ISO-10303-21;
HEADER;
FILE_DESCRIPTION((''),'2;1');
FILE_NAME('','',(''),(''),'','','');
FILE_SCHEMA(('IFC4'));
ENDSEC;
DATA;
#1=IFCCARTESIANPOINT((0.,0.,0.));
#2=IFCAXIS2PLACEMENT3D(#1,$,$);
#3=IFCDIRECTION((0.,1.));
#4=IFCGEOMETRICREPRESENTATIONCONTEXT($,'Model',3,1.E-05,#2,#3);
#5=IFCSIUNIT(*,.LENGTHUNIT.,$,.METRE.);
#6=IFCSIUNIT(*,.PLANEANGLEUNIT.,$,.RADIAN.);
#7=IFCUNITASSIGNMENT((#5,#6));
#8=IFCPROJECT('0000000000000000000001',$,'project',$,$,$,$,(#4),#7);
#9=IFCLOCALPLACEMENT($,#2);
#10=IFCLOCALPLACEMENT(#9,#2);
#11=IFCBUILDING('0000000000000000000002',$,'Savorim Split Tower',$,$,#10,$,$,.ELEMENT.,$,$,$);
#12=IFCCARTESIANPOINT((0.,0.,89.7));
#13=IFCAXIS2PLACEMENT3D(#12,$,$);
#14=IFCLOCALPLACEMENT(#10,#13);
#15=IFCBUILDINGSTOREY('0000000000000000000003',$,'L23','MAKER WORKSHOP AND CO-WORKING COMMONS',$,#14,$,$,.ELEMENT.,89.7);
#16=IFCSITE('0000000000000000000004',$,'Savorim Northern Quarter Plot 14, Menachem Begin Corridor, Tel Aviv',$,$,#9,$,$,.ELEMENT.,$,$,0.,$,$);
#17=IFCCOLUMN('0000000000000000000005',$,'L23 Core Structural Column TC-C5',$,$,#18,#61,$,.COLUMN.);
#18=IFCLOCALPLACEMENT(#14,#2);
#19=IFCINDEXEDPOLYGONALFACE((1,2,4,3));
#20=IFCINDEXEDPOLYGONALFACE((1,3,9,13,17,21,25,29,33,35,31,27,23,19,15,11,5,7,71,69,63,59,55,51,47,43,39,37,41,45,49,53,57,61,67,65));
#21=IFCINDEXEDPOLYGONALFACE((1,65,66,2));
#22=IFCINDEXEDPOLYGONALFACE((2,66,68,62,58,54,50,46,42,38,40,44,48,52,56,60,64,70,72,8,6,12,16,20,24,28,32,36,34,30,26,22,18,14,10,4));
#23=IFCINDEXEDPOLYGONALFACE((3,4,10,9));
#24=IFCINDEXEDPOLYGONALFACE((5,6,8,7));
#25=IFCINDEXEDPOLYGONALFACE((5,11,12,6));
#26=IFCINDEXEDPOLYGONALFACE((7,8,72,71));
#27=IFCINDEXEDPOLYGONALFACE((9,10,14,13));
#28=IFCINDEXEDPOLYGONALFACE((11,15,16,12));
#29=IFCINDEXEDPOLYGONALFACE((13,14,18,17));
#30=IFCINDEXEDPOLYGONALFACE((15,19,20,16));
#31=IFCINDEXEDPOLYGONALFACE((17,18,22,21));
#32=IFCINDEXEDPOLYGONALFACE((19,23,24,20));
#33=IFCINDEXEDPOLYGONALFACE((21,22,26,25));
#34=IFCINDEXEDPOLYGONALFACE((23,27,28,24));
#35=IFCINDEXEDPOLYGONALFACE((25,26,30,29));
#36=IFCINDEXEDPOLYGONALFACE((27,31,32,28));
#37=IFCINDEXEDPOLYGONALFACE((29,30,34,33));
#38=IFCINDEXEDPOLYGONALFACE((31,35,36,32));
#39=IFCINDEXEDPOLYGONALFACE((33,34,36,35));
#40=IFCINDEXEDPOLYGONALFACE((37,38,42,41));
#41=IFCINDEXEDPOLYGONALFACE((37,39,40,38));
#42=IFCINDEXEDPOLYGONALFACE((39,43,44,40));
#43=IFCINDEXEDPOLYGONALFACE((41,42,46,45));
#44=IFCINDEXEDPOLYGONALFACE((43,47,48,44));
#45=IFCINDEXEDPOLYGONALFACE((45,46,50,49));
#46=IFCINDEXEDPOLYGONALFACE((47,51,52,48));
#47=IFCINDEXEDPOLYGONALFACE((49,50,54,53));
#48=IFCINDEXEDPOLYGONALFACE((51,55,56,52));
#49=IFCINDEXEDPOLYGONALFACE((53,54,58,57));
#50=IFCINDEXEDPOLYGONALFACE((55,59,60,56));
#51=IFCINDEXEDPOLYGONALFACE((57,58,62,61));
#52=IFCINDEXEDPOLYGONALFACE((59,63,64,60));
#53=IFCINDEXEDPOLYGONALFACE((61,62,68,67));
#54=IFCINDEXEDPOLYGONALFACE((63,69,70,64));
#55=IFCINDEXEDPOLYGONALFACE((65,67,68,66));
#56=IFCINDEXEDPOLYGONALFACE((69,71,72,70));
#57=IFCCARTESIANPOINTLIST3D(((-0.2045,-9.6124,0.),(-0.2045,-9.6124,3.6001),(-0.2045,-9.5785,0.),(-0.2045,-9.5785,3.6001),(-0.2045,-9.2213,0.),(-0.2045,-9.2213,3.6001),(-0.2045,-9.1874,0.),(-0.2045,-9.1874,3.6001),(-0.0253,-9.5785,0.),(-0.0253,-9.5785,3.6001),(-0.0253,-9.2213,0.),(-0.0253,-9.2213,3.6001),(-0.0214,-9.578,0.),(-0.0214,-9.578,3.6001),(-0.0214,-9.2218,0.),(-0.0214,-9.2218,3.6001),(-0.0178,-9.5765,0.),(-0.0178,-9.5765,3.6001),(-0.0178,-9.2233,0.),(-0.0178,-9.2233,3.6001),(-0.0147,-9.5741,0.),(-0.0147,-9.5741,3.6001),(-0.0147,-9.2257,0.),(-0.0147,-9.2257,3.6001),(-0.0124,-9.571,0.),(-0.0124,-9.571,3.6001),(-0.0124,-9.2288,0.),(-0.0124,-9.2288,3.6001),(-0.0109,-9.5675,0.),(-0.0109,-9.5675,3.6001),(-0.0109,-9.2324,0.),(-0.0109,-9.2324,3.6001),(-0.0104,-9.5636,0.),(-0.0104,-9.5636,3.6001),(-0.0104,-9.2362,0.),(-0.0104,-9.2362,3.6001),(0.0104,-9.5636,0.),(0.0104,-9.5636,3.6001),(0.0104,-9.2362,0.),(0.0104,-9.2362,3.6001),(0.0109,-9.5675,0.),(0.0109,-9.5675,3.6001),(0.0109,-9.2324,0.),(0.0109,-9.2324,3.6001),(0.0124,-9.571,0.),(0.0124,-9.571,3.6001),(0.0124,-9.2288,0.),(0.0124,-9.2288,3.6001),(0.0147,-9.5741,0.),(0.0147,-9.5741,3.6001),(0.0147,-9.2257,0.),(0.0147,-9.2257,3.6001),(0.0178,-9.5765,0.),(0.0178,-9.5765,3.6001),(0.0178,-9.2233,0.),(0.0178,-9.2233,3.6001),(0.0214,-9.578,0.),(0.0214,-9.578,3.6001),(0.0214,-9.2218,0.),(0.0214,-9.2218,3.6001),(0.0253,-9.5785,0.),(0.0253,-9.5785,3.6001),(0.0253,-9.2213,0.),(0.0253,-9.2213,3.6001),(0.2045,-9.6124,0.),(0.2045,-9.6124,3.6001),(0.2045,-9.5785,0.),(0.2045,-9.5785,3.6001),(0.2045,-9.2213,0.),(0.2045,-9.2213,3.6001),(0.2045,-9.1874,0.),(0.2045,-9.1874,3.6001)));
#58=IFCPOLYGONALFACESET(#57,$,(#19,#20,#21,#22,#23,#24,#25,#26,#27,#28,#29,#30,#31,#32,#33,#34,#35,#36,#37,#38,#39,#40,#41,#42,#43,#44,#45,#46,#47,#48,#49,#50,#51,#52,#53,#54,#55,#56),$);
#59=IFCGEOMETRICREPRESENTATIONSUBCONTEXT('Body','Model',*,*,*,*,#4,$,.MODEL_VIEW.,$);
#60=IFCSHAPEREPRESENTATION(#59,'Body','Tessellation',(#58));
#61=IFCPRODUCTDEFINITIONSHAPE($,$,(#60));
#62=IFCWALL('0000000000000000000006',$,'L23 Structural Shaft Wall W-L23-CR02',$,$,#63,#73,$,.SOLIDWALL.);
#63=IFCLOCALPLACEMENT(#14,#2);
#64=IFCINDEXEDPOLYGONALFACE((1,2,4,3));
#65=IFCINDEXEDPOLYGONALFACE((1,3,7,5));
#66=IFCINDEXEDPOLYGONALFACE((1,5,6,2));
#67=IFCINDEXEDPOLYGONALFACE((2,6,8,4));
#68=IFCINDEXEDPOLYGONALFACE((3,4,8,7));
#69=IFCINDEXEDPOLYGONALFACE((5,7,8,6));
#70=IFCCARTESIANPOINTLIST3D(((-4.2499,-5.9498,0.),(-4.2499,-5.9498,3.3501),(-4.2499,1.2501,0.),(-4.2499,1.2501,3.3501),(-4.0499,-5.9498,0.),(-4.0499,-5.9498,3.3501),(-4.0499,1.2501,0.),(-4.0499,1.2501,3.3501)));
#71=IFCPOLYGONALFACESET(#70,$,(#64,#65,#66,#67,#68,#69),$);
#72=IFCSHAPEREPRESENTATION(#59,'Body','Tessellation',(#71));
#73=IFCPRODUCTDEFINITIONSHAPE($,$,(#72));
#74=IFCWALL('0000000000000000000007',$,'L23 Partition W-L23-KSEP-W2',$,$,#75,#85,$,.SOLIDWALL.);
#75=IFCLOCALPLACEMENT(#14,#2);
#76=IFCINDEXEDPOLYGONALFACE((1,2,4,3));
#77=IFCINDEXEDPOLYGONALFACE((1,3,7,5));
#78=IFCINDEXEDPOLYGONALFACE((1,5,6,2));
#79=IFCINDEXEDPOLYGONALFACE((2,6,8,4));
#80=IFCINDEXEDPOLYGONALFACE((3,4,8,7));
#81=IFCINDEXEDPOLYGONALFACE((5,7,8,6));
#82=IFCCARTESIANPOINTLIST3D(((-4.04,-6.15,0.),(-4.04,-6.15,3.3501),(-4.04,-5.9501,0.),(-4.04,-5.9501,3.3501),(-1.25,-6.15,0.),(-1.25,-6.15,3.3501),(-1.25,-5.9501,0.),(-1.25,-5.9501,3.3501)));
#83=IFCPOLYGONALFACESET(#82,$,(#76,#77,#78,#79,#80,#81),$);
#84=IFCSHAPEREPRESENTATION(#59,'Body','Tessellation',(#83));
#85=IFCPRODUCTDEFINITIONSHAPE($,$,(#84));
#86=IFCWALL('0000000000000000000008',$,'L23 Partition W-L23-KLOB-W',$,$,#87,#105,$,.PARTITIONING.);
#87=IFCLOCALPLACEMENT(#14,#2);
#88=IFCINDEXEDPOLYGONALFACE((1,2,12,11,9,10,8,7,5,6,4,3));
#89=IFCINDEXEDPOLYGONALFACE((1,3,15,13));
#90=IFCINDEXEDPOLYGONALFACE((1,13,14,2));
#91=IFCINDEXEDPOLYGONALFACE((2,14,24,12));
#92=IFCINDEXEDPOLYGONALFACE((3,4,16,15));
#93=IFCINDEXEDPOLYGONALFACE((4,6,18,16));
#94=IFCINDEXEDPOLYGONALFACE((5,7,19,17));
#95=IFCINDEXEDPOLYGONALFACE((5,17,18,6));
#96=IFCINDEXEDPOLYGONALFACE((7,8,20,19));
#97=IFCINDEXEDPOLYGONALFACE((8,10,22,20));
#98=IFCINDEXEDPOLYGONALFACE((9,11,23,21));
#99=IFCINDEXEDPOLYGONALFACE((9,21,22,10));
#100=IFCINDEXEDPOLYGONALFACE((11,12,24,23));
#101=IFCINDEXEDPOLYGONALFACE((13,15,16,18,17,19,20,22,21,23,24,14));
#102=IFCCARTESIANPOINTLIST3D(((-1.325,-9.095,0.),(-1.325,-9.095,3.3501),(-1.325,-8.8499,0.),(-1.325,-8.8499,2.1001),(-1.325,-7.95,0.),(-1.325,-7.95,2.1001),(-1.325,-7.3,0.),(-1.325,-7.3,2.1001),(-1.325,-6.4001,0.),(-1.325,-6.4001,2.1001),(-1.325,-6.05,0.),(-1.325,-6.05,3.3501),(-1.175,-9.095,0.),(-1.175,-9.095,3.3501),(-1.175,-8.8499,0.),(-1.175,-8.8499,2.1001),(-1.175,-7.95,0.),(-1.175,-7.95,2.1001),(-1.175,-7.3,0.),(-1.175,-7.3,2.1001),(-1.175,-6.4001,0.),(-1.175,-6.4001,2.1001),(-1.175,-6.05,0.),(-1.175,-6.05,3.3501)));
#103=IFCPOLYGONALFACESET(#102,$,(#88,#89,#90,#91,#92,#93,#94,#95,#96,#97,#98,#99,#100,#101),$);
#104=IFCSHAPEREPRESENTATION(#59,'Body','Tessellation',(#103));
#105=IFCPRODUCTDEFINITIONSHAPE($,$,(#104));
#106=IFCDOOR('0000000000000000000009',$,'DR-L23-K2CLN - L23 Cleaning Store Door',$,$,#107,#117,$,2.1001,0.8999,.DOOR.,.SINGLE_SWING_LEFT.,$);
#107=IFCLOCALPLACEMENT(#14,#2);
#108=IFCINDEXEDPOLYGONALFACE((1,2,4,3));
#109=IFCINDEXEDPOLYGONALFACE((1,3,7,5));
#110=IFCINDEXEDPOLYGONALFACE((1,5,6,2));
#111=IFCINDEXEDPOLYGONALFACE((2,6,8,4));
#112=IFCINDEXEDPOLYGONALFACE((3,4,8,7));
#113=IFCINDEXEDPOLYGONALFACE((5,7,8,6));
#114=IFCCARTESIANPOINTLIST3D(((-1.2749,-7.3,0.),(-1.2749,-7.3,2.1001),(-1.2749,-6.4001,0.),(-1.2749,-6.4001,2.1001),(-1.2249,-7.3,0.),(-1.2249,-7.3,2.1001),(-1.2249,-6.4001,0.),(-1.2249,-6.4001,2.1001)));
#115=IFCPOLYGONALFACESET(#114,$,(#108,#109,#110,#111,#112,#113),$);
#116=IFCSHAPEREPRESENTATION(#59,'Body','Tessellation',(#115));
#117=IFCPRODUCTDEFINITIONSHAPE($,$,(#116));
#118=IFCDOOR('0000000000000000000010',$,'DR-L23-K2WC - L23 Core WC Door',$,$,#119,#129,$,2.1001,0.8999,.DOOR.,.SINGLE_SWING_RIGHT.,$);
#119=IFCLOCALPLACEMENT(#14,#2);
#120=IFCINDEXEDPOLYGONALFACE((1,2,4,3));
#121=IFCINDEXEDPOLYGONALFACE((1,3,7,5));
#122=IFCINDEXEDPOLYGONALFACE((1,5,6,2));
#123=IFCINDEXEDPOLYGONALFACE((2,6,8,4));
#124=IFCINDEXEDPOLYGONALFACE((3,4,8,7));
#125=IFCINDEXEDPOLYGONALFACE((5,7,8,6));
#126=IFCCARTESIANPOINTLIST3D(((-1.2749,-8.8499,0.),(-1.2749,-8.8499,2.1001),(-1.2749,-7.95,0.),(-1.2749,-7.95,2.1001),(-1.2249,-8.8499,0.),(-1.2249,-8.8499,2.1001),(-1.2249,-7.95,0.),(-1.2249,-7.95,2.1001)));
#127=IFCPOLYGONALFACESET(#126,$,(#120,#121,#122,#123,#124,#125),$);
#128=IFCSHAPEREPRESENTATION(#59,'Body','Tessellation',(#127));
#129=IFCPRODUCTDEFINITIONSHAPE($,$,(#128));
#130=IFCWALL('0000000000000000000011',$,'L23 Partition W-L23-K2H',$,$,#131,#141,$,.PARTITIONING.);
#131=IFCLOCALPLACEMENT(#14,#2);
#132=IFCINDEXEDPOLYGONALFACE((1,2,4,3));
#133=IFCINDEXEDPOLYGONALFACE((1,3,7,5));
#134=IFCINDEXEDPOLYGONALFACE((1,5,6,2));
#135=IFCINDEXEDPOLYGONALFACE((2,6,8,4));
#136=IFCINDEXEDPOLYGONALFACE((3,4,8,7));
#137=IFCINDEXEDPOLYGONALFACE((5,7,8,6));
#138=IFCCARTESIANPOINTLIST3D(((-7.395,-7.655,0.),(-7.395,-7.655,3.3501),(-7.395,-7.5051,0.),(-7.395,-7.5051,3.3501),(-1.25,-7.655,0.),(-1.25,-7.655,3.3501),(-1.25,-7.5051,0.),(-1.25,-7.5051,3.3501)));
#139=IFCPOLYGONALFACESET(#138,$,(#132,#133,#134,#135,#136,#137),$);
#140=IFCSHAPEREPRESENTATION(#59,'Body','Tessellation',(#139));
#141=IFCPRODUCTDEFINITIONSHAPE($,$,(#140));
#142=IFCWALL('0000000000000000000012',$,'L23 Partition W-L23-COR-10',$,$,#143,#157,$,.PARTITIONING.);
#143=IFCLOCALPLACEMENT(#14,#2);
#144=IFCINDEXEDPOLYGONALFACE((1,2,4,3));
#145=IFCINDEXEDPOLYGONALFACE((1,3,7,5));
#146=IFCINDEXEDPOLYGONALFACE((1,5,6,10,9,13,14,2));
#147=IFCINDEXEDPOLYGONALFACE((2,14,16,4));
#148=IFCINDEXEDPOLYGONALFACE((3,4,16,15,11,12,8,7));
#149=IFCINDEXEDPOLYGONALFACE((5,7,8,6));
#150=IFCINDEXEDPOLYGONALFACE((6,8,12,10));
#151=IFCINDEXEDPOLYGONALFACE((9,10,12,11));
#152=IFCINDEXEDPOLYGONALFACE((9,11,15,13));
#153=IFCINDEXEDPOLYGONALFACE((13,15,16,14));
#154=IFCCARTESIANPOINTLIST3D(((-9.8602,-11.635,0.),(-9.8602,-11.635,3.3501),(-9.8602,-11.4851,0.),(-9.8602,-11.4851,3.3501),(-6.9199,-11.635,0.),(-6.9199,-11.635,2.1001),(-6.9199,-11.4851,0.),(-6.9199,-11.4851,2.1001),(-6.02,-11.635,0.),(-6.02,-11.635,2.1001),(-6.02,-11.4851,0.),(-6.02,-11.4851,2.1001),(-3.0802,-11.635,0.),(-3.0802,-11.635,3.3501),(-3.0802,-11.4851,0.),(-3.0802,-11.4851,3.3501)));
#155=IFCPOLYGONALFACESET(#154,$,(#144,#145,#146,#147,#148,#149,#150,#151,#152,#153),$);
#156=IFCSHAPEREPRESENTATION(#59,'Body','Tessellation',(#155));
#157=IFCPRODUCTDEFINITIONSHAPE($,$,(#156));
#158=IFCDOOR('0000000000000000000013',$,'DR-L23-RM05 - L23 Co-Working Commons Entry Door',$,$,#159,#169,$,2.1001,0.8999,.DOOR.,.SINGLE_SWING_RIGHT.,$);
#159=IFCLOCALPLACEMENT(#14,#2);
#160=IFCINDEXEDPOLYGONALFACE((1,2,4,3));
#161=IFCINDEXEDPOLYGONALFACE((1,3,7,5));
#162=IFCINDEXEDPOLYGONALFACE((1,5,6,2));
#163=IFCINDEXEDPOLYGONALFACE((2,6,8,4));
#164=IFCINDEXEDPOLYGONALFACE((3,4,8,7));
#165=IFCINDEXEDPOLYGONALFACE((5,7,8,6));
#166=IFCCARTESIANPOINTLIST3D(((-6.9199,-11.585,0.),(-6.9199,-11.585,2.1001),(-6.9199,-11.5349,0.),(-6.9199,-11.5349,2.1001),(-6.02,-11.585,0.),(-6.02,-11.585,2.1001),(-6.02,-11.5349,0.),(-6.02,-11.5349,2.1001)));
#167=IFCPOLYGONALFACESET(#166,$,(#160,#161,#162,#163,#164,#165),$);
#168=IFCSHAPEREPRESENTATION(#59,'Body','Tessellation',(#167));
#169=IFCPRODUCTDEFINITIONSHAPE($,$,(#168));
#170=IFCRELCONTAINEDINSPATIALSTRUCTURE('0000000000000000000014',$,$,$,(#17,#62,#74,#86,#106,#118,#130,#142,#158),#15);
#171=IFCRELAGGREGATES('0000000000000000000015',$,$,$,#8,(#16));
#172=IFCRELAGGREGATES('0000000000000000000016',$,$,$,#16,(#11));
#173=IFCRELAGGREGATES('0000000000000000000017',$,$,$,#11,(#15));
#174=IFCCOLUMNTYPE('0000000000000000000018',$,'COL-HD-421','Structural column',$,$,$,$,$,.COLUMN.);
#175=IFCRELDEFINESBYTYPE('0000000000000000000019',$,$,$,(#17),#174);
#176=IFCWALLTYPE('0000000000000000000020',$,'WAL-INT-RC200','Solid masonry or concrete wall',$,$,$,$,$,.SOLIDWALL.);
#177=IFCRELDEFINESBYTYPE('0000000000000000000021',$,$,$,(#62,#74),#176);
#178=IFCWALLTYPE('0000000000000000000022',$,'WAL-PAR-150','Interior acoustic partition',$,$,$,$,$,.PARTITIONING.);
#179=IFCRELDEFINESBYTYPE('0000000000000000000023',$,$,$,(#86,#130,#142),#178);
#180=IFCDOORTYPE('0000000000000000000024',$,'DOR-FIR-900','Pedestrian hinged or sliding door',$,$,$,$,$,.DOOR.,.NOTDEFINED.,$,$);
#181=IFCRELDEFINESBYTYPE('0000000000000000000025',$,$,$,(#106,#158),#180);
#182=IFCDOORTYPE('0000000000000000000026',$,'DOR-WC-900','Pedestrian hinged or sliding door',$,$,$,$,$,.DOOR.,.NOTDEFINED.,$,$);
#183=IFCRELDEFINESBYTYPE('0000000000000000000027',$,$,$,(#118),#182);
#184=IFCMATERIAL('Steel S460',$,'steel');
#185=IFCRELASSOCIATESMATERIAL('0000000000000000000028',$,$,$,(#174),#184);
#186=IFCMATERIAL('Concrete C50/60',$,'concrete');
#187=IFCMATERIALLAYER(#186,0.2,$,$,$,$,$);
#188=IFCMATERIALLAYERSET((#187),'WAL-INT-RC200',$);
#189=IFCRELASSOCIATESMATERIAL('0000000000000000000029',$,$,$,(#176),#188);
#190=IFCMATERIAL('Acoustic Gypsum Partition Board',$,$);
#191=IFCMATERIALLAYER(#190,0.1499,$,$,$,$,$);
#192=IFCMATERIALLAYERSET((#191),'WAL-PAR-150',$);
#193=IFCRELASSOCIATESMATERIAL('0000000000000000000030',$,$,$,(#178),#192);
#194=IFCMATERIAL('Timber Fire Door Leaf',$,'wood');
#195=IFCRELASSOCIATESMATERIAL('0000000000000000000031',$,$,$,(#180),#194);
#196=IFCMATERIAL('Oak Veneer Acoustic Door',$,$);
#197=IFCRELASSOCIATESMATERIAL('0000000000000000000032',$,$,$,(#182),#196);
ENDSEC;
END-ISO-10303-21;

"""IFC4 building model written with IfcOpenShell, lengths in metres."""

from ifc_helpers import new_model, si_unit, direction, frame, frame_2d, origin, origin_2d, place, context, subcontext, project, spatial, rectangle, i_section, extrude, material, layer, layer_set, material_profile, profile_set, type_object, element, fill, save


model = new_model("IFC4")

# Units and contexts
model_context = context("Model", 3, precision=1e-05, world=origin(), true_north=direction((0.0, 1.0)))
body_context = subcontext(model_context, "Body", "Model", "MODEL_VIEW")
ifc_project = project(units=[si_unit("LENGTHUNIT", "METRE"), si_unit("PLANEANGLEUNIT", "RADIAN")], contexts=[model_context])

# Site, building, storey
site_placement = place(None, origin())
site = spatial("IfcSite", under=ifc_project, at=site_placement, Name="Savorim Northern Quarter Plot 14, Menachem Begin Corridor, Tel Aviv", CompositionType="ELEMENT", RefElevation=0.0)
building_placement = place(site_placement, origin())
building = spatial("IfcBuilding", under=site, at=building_placement, Name="Savorim Split Tower", CompositionType="ELEMENT")
storey_placement = place(building_placement, frame((0.0, 0.0, 89.7)))
storey = spatial("IfcBuildingStorey", under=building, at=storey_placement, Name="L23", Description="MAKER WORKSHOP AND CO-WORKING COMMONS", CompositionType="ELEMENT", Elevation=89.7)

# Column
ifc_material_1 = material(Name="Steel S460", Category="steel")
ifc_material_profile = material_profile(ifc_material_1, i_section(OverallWidth=0.4089, OverallDepth=0.425, WebThickness=0.0208, FlangeThickness=0.0339, FilletRadius=0.0149, at=origin_2d()), Name="HD 400x421")
ifc_profile_set = profile_set([ifc_material_profile], Name="Steel S460")
column_type = type_object("IfcColumnType", Name="COL-HD-421", Description="Structural column", PredefinedType="COLUMN", material=ifc_profile_set)
column_placement = place(storey_placement, frame((0.0, -9.3999, 0.0), z_axis=(0.0, 0.0, 1.0), x_axis=(1.0, 0.0, 0.0)))
element("IfcColumn", 1, at=column_placement, inside=storey, type_object=column_type, Name="L23 Core Structural Column TC-C5", PredefinedType="COLUMN", context=body_context, shape_type="SweptSolid", body=[
    extrude(i_section(OverallWidth=0.4089, OverallDepth=0.425, WebThickness=0.0208, FlangeThickness=0.0339, FilletRadius=0.0149, at=origin_2d()), origin(), (0.0, 0.0, 1.0), 3.6001),
])

# Wall
ifc_material_2 = material(Name="Concrete C50/60", Category="concrete")
ifc_layer_1 = layer(ifc_material_2, 0.2)
ifc_layer_set_1 = layer_set([ifc_layer_1], Name="WAL-INT-RC200")
wall_type_1 = type_object("IfcWallType", Name="WAL-INT-RC200", Description="Solid masonry or concrete wall", PredefinedType="SOLIDWALL", material=ifc_layer_set_1)
wall_1_placement = place(storey_placement, frame((-4.1499, -5.95, 0.0), z_axis=(0.0, 0.0, 1.0), x_axis=(0.0, 1.0, 0.0)))
element("IfcWall", 2, at=wall_1_placement, inside=storey, type_object=wall_type_1, Name="L23 Structural Shaft Wall W-L23-CR02", PredefinedType="SOLIDWALL", context=body_context, shape_type="SweptSolid", body=[
    extrude(rectangle(XDim=7.2, YDim=0.2, at=frame_2d((3.6001, 0.0))), origin(), (0.0, 0.0, 1.0), 3.3501),
])

# Wall
wall_2_placement = place(storey_placement, frame((-4.04, -6.05, 0.0), z_axis=(0.0, 0.0, 1.0), x_axis=(1.0, 0.0, 0.0)))
element("IfcWall", 3, at=wall_2_placement, inside=storey, type_object=wall_type_1, Name="L23 Partition W-L23-KSEP-W2", PredefinedType="SOLIDWALL", context=body_context, shape_type="SweptSolid", body=[
    extrude(rectangle(XDim=2.79, YDim=0.2, at=frame_2d((1.395, 0.0))), origin(), (0.0, 0.0, 1.0), 3.3501),
])

# Wall, openings, doors
ifc_material_3 = material(Name="Acoustic Gypsum Partition Board")
ifc_layer_2 = layer(ifc_material_3, 0.1499)
ifc_layer_set_2 = layer_set([ifc_layer_2], Name="WAL-PAR-150")
wall_type_2 = type_object("IfcWallType", Name="WAL-PAR-150", Description="Interior acoustic partition", PredefinedType="PARTITIONING", material=ifc_layer_set_2)
wall_3_placement = place(storey_placement, frame((-1.25, -9.095, 0.0), z_axis=(0.0, 0.0, 1.0), x_axis=(0.0, 1.0, 0.0)))
wall_3 = element("IfcWall", 4, at=wall_3_placement, inside=storey, type_object=wall_type_2, Name="L23 Partition W-L23-KLOB-W", PredefinedType="PARTITIONING", context=body_context, shape_type="SweptSolid", body=[
    extrude(rectangle(XDim=3.0449, YDim=0.1499, at=frame_2d((1.5225, 0.0))), origin(), (0.0, 0.0, 1.0), 3.3501),
])
opening_1_placement = place(wall_3_placement, frame((1.7949, 0.0, 0.0)))
opening_1 = element("IfcOpeningElement", 5, at=opening_1_placement, cuts=wall_3, PredefinedType="OPENING", context=body_context, shape_type="SweptSolid", body=[
    extrude(rectangle(XDim=0.8999, YDim=2.1001, at=frame_2d((0.45, 1.05))), frame((0.0, 0.085, 0.0), z_axis=(0.0, -1.0, 0.0), x_axis=(1.0, 0.0, 0.0)), (0.0, 0.0, 1.0), 0.1699),
])
opening_2_placement = place(wall_3_placement, frame((0.2451, 0.0, 0.0)))
opening_2 = element("IfcOpeningElement", 6, at=opening_2_placement, cuts=wall_3, PredefinedType="OPENING", context=body_context, shape_type="SweptSolid", body=[
    extrude(rectangle(XDim=0.8999, YDim=2.1001, at=frame_2d((0.45, 1.05))), frame((0.0, 0.085, 0.0), z_axis=(0.0, -1.0, 0.0), x_axis=(1.0, 0.0, 0.0)), (0.0, 0.0, 1.0), 0.1699),
])
ifc_material_4 = material(Name="Timber Fire Door Leaf", Category="wood")
door_type_1 = type_object("IfcDoorType", Name="DOR-FIR-900", Description="Pedestrian hinged or sliding door", OperationType="NOTDEFINED", PredefinedType="DOOR", material=ifc_material_4)
door_1_placement = place(opening_1_placement, origin())
door_1 = element("IfcDoor", 7, at=door_1_placement, inside=storey, type_object=door_type_1, Name="DR-L23-K2CLN - L23 Cleaning Store Door", OperationType="SINGLE_SWING_LEFT", OverallHeight=2.1001, OverallWidth=0.8999, PredefinedType="DOOR", context=body_context, shape_type="SweptSolid", body=[
    extrude(rectangle(XDim=0.8999, YDim=2.1001, at=frame_2d((0.45, 1.05))), frame((0.0, 0.0249, 0.0), z_axis=(0.0, -1.0, 0.0), x_axis=(1.0, 0.0, 0.0)), (0.0, 0.0, 1.0), 0.05),
])
fill(opening_1, door_1)
ifc_material_5 = material(Name="Oak Veneer Acoustic Door")
door_type_2 = type_object("IfcDoorType", Name="DOR-WC-900", Description="Pedestrian hinged or sliding door", OperationType="NOTDEFINED", PredefinedType="DOOR", material=ifc_material_5)
door_2_placement = place(opening_2_placement, origin())
door_2 = element("IfcDoor", 8, at=door_2_placement, inside=storey, type_object=door_type_2, Name="DR-L23-K2WC - L23 Core WC Door", OperationType="SINGLE_SWING_RIGHT", OverallHeight=2.1001, OverallWidth=0.8999, PredefinedType="DOOR", context=body_context, shape_type="SweptSolid", body=[
    extrude(rectangle(XDim=0.8999, YDim=2.1001, at=frame_2d((0.45, 1.05))), frame((0.0, 0.0249, 0.0), z_axis=(0.0, -1.0, 0.0), x_axis=(1.0, 0.0, 0.0)), (0.0, 0.0, 1.0), 0.05),
])
fill(opening_2, door_2)

# Wall
wall_4_placement = place(storey_placement, frame((-7.395, -7.5801, 0.0), z_axis=(0.0, 0.0, 1.0), x_axis=(1.0, 0.0, 0.0)))
element("IfcWall", 9, at=wall_4_placement, inside=storey, type_object=wall_type_2, Name="L23 Partition W-L23-K2H", PredefinedType="PARTITIONING", context=body_context, shape_type="SweptSolid", body=[
    extrude(rectangle(XDim=6.145, YDim=0.1499, at=frame_2d((3.0725, 0.0))), origin(), (0.0, 0.0, 1.0), 3.3501),
])

# Wall, opening, door
wall_5_placement = place(storey_placement, frame((-3.0801, -11.5601, 0.0), z_axis=(0.0, 0.0, 1.0), x_axis=(-1.0, 0.0, 0.0)))
wall_5 = element("IfcWall", 10, at=wall_5_placement, inside=storey, type_object=wall_type_2, Name="L23 Partition W-L23-COR-10", PredefinedType="PARTITIONING", context=body_context, shape_type="SweptSolid", body=[
    extrude(rectangle(XDim=6.78, YDim=0.1499, at=frame_2d((3.3901, 0.0))), origin(), (0.0, 0.0, 1.0), 3.3501),
])
opening_3_placement = place(wall_5_placement, frame((2.9399, 0.0, 0.0)))
opening_3 = element("IfcOpeningElement", 11, at=opening_3_placement, cuts=wall_5, PredefinedType="OPENING", context=body_context, shape_type="SweptSolid", body=[
    extrude(rectangle(XDim=0.8999, YDim=2.1001, at=frame_2d((0.45, 1.05))), frame((0.0, 0.085, 0.0), z_axis=(0.0, -1.0, 0.0), x_axis=(1.0, 0.0, 0.0)), (0.0, 0.0, 1.0), 0.1699),
])
door_3_placement = place(opening_3_placement, origin())
door_3 = element("IfcDoor", 12, at=door_3_placement, inside=storey, type_object=door_type_1, Name="DR-L23-RM05 - L23 Co-Working Commons Entry Door", OperationType="SINGLE_SWING_RIGHT", OverallHeight=2.1001, OverallWidth=0.8999, PredefinedType="DOOR", context=body_context, shape_type="SweptSolid", body=[
    extrude(rectangle(XDim=0.8999, YDim=2.1001, at=frame_2d((0.45, 1.05))), frame((0.0, 0.0249, 0.0), z_axis=(0.0, -1.0, 0.0), x_axis=(1.0, 0.0, 0.0)), (0.0, 0.0, 1.0), 0.05),
])
fill(opening_3, door_3)

save(model, "model.ifc")
